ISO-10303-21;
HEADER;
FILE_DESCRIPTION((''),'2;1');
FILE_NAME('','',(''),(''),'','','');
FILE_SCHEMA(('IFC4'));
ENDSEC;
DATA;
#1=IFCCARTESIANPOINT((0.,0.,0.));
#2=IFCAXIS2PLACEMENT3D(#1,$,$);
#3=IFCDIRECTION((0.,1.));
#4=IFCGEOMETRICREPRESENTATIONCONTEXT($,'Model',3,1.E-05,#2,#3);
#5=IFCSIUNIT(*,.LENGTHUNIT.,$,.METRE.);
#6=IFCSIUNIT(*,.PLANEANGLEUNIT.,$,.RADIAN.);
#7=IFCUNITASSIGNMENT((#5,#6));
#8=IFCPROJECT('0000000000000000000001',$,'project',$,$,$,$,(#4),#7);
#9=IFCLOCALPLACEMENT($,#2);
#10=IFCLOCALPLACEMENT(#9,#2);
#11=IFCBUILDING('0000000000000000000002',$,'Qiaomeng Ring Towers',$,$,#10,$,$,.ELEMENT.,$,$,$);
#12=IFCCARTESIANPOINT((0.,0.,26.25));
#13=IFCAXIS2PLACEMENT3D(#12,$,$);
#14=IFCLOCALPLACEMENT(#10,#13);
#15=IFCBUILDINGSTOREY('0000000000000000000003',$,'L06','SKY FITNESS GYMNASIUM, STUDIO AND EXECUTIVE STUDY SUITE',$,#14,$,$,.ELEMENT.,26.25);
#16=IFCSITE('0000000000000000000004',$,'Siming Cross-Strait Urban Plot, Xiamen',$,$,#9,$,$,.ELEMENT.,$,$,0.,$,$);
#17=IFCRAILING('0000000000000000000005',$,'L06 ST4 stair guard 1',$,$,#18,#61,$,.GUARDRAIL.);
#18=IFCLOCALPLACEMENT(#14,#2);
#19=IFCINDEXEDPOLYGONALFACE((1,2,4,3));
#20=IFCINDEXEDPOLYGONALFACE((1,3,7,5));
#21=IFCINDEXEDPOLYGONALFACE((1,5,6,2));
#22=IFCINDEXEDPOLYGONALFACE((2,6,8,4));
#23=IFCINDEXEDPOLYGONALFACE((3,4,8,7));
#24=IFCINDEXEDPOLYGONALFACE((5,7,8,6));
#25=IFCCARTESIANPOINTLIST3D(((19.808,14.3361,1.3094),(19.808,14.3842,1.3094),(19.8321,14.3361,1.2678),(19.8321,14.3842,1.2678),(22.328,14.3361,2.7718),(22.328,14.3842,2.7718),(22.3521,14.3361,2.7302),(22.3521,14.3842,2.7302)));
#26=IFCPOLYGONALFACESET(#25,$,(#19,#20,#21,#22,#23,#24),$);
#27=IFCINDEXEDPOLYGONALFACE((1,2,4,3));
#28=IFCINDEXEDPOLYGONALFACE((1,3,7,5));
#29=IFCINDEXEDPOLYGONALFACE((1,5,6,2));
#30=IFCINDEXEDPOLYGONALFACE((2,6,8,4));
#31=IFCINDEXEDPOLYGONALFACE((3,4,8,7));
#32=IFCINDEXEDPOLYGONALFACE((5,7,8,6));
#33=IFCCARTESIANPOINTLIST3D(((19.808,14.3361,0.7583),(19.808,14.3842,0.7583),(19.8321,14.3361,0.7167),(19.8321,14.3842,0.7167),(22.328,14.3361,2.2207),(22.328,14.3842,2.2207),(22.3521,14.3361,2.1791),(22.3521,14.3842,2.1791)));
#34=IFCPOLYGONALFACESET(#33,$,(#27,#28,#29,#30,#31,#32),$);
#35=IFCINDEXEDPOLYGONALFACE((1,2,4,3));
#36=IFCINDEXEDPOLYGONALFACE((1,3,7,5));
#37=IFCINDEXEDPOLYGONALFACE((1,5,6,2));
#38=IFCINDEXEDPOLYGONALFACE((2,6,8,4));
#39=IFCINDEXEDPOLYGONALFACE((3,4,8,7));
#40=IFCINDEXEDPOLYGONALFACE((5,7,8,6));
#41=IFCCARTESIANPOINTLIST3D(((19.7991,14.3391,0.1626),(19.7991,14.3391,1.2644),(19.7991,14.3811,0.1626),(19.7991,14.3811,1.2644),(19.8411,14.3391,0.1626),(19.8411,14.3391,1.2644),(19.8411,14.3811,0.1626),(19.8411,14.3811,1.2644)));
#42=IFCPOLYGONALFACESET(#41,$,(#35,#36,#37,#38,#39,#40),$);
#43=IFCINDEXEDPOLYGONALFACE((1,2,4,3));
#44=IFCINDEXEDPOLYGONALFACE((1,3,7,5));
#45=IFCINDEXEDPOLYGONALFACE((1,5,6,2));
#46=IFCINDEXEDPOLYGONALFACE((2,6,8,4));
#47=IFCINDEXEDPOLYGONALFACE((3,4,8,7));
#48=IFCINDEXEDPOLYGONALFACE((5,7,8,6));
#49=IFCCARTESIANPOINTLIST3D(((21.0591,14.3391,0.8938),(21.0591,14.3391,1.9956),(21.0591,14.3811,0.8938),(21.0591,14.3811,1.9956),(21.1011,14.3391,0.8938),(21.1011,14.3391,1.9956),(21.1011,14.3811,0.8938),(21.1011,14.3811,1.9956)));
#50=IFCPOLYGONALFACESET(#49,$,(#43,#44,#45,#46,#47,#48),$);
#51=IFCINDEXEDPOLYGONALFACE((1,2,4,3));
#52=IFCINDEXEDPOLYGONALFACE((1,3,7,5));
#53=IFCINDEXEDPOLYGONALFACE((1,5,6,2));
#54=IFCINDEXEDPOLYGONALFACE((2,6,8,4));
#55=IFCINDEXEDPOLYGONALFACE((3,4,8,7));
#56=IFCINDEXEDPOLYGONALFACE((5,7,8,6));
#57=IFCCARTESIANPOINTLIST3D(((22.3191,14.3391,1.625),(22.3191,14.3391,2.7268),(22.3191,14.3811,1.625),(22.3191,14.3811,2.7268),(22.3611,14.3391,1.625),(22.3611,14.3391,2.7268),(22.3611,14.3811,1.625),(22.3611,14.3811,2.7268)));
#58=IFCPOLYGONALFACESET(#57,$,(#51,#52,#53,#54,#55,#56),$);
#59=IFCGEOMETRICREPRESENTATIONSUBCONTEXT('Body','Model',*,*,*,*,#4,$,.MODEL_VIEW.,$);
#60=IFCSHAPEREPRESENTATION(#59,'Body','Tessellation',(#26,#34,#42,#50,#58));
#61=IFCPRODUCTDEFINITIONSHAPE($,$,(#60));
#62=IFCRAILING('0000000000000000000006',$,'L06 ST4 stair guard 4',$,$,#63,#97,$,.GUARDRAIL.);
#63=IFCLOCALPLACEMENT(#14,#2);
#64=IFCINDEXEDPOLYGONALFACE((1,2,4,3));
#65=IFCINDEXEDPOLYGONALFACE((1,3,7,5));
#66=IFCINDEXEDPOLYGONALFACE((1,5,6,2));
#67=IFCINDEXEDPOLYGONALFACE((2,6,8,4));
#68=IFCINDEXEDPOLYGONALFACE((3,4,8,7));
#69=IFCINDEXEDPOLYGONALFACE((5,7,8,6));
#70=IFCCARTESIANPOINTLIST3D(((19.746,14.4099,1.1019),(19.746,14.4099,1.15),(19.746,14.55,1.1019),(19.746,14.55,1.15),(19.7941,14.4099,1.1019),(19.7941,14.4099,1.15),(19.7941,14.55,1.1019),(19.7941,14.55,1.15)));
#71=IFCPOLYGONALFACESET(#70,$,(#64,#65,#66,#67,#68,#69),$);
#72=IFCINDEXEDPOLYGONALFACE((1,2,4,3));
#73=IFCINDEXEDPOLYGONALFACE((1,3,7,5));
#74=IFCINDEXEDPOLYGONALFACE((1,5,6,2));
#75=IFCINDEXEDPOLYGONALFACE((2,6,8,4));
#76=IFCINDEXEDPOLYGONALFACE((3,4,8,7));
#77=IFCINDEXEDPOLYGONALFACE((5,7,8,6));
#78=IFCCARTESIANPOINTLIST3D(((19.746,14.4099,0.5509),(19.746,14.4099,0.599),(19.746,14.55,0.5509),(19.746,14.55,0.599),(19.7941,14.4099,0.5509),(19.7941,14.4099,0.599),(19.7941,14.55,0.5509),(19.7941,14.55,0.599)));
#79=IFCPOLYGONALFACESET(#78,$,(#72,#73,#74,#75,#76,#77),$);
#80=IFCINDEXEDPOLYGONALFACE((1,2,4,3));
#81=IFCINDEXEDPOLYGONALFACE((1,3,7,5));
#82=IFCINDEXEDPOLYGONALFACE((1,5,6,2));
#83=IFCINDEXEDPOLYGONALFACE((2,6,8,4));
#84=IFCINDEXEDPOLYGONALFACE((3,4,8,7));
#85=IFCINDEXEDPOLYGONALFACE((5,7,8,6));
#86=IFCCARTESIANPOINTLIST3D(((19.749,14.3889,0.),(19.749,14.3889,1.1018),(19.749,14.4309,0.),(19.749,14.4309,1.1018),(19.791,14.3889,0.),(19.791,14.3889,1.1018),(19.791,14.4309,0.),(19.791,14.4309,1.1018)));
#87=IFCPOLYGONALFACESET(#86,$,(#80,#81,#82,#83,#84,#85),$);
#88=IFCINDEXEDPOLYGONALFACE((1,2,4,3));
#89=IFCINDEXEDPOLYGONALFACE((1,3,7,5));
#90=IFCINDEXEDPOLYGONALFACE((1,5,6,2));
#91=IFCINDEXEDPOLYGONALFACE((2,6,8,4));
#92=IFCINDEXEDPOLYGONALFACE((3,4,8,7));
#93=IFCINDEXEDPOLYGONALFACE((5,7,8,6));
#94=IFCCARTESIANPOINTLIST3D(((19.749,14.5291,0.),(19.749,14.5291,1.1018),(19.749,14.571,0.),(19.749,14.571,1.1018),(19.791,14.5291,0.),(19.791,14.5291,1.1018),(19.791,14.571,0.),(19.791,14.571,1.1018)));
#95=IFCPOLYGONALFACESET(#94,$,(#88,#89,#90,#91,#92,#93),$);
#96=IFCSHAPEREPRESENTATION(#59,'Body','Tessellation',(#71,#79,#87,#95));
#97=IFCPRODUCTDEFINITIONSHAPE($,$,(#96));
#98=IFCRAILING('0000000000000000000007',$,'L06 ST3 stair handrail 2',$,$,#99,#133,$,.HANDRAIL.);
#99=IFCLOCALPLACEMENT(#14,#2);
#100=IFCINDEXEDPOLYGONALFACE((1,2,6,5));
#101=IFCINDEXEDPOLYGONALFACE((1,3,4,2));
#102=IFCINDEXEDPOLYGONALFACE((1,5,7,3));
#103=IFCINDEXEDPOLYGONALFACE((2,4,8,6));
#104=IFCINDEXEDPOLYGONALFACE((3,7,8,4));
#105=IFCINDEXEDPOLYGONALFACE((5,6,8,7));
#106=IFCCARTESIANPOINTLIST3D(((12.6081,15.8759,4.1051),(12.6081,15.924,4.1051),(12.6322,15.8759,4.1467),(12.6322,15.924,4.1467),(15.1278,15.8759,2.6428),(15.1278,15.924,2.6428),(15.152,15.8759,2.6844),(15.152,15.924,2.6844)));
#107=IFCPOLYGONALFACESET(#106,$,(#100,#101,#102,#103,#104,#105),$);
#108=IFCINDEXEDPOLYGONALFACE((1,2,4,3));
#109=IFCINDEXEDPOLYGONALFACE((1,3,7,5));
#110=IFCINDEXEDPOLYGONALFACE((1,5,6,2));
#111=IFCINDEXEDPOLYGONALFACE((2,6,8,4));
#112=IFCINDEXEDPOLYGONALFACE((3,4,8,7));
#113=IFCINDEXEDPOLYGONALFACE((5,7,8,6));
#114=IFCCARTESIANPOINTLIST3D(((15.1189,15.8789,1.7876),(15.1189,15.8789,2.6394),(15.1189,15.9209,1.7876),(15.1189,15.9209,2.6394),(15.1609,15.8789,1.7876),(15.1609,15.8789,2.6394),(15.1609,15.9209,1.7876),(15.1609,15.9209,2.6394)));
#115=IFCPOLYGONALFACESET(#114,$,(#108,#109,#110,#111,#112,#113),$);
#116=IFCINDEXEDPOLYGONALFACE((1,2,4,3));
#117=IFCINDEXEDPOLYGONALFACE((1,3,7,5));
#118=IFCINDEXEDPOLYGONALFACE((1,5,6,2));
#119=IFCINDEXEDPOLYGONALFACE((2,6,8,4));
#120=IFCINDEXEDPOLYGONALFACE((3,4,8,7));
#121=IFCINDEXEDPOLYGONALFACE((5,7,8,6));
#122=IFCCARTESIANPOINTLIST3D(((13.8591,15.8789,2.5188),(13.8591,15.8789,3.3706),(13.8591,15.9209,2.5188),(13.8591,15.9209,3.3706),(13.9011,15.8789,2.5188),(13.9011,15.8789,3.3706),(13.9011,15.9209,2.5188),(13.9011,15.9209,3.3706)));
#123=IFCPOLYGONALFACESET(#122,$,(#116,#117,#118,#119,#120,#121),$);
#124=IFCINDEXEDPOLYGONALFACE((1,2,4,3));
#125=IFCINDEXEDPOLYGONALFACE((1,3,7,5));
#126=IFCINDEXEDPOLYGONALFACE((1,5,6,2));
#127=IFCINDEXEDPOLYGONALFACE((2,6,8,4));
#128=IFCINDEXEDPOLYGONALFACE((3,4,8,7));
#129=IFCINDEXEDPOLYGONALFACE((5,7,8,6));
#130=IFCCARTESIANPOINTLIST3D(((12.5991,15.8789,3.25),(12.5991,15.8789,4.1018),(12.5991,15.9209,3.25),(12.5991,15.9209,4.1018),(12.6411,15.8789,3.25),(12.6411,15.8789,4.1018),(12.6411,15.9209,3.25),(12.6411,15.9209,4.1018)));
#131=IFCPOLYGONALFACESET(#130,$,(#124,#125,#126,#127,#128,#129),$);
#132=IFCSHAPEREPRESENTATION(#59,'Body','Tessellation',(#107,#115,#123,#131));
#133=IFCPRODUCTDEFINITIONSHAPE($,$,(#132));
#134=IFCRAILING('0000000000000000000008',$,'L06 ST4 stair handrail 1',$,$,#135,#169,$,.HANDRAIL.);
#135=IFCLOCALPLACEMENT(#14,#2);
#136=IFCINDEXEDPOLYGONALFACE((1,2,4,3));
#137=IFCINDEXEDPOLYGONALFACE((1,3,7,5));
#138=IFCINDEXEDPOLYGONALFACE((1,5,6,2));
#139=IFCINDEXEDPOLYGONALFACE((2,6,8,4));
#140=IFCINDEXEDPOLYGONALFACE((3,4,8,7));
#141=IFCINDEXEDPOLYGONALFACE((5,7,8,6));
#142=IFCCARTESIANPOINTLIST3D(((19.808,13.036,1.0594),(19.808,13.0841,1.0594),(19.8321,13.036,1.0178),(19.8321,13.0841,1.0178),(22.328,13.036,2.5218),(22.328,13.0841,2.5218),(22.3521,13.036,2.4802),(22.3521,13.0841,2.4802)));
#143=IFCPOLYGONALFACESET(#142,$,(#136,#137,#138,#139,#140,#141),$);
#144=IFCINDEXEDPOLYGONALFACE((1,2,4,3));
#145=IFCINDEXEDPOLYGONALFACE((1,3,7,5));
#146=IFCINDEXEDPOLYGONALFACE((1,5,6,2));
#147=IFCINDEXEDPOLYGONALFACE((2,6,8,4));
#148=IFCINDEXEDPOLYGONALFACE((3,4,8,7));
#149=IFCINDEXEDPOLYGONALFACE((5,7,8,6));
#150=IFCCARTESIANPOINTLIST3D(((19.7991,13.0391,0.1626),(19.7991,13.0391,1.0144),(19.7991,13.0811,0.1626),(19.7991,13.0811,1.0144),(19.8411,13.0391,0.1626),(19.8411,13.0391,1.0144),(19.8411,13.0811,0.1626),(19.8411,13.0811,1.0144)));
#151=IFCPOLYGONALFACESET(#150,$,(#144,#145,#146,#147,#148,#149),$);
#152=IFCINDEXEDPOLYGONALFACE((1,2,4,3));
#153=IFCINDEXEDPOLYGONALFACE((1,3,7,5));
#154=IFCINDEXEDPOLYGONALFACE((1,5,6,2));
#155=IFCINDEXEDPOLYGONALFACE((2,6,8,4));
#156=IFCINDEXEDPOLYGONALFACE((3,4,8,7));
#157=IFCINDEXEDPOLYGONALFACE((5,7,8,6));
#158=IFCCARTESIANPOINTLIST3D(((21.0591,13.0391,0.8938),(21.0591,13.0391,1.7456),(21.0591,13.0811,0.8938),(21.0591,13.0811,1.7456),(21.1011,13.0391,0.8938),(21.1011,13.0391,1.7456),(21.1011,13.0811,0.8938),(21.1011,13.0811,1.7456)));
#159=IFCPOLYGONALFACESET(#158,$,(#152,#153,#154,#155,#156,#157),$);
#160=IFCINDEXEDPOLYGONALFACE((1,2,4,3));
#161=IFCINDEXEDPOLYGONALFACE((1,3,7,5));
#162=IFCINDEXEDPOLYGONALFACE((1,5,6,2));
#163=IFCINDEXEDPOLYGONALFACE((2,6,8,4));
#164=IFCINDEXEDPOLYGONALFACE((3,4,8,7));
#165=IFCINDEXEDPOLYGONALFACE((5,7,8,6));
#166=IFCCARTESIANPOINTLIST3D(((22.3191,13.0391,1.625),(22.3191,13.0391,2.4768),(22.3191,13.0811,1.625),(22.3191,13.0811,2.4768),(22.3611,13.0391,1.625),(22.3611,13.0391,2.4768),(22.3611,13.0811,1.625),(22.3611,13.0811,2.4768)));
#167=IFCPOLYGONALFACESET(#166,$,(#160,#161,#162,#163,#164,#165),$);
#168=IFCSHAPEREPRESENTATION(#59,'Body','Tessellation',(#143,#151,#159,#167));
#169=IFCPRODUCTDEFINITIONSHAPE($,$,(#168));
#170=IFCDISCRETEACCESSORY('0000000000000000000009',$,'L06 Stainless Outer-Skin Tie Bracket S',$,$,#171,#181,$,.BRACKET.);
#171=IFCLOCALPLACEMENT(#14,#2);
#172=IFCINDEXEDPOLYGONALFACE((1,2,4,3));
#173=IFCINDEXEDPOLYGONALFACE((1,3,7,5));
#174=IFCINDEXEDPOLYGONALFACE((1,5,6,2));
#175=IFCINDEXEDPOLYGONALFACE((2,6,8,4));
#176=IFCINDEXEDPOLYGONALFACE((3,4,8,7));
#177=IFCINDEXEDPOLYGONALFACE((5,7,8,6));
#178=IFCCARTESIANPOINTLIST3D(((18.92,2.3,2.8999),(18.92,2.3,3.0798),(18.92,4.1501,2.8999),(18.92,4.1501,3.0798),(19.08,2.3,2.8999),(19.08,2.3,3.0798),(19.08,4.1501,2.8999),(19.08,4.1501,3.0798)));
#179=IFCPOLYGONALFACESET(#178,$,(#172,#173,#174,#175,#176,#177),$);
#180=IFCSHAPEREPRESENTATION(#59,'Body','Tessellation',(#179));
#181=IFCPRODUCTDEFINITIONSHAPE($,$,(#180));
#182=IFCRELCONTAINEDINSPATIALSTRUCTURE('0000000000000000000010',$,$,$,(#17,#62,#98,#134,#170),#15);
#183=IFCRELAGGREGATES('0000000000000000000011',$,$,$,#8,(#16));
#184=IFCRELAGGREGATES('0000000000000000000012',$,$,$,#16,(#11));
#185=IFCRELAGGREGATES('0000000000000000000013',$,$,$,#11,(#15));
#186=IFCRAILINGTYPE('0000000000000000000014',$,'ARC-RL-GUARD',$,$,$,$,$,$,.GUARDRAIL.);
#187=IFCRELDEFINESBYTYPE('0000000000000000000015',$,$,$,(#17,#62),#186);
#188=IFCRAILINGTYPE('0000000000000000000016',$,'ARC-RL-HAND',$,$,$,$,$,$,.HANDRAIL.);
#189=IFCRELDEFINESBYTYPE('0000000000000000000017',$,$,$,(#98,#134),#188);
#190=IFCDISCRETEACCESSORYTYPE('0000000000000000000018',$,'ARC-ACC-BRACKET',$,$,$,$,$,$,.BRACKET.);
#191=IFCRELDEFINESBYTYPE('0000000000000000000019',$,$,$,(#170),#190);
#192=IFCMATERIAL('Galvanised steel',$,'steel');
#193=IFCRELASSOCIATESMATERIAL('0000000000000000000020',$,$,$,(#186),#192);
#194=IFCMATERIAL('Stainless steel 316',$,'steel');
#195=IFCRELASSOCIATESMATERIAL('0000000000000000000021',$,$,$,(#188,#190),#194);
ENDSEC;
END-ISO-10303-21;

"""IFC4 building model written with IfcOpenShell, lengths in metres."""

from ifc_helpers import new_model, si_unit, direction, frame, origin, origin_2d, place, context, subcontext, project, spatial, rectangle, extrude, source, transform, mapped, material, type_object, element, save


model = new_model("IFC4")

# Units and contexts
model_context = context("Model", 3, precision=1e-05, world=origin(), true_north=direction((0.0, 1.0)))
body_context = subcontext(model_context, "Body", "Model", "MODEL_VIEW")
ifc_project = project(units=[si_unit("LENGTHUNIT", "METRE"), si_unit("PLANEANGLEUNIT", "RADIAN")], contexts=[model_context])

# Site, building, storey
site_placement = place(None, origin())
site = spatial("IfcSite", under=ifc_project, at=site_placement, Name="Siming Cross-Strait Urban Plot, Xiamen", CompositionType="ELEMENT", RefElevation=0.0)
building_placement = place(site_placement, origin())
building = spatial("IfcBuilding", under=site, at=building_placement, Name="Qiaomeng Ring Towers", CompositionType="ELEMENT")
storey_placement = place(building_placement, frame((0.0, 0.0, 26.25)))
storey = spatial("IfcBuildingStorey", under=building, at=storey_placement, Name="L06", Description="SKY FITNESS GYMNASIUM, STUDIO AND EXECUTIVE STUDY SUITE", CompositionType="ELEMENT", Elevation=26.25)

# Shared definitions
ifc_material_1 = material(Name="Galvanised steel", Category="steel")

# Railings
railing_type_1 = type_object("IfcRailingType", Name="ARC-RL-GUARD", PredefinedType="GUARDRAIL", material=ifc_material_1)
railing_1_placement = place(storey_placement, frame((19.8201, 14.3601, 0.1626)))
element("IfcRailing", 1, at=railing_1_placement, inside=storey, type_object=railing_type_1, Name="L06 ST4 stair guard 1", PredefinedType="GUARDRAIL", context=body_context, shape_type="SweptSolid", body=[
    extrude(rectangle(XDim=0.0481, YDim=0.0481, at=origin_2d()), frame((0.0, 0.0, 1.126), z_axis=(0.864913, 0.0, 0.501921), x_axis=(0.0, 1.0, 0.0)), (0.0, 0.0, 1.0), 2.9136),
    extrude(rectangle(XDim=0.0481, YDim=0.0481, at=origin_2d()), frame((0.0, 0.0, 0.575), z_axis=(0.864913, 0.0, 0.501921), x_axis=(0.0, 1.0, 0.0)), (0.0, 0.0, 1.0), 2.9136),
    extrude(rectangle(XDim=0.042, YDim=0.042, at=origin_2d()), origin(), (0.0, 0.0, 1.0), 1.1018),
    extrude(rectangle(XDim=0.042, YDim=0.042, at=origin_2d()), frame((1.26, 0.0, 0.7312)), (0.0, 0.0, 1.0), 1.1018),
    extrude(rectangle(XDim=0.042, YDim=0.042, at=origin_2d()), frame((2.52, 0.0, 1.4624)), (0.0, 0.0, 1.0), 1.1018),
])
railing_2_placement = place(storey_placement, frame((19.77, 14.4099, 0.0)))
element("IfcRailing", 2, at=railing_2_placement, inside=storey, type_object=railing_type_1, Name="L06 ST4 stair guard 4", PredefinedType="GUARDRAIL", context=body_context, shape_type="SweptSolid", body=[
    extrude(rectangle(XDim=0.0481, YDim=0.0481, at=origin_2d()), frame((0.0, 0.0, 1.126), z_axis=(0.0, 1.0, 0.0), x_axis=(-1.0, 0.0, 0.0)), (0.0, 0.0, 1.0), 0.1401),
    extrude(rectangle(XDim=0.0481, YDim=0.0481, at=origin_2d()), frame((0.0, 0.0, 0.575), z_axis=(0.0, 1.0, 0.0), x_axis=(-1.0, 0.0, 0.0)), (0.0, 0.0, 1.0), 0.1401),
    extrude(rectangle(XDim=0.042, YDim=0.042, at=origin_2d()), origin(), (0.0, 0.0, 1.0), 1.1018),
    extrude(rectangle(XDim=0.042, YDim=0.042, at=origin_2d()), frame((0.0, 0.1401, 0.0)), (0.0, 0.0, 1.0), 1.1018),
])
ifc_material_2 = material(Name="Stainless steel 316", Category="steel")
railing_type_2 = type_object("IfcRailingType", Name="ARC-RL-HAND", PredefinedType="HANDRAIL", material=ifc_material_2)
railing_3_placement = place(storey_placement, frame((15.1399, 15.8999, 1.7876)))
element("IfcRailing", 3, at=railing_3_placement, inside=storey, type_object=railing_type_2, Name="L06 ST3 stair handrail 2", PredefinedType="HANDRAIL", context=body_context, shape_type="SweptSolid", body=[
    extrude(rectangle(XDim=0.0481, YDim=0.0481, at=origin_2d()), frame((0.0, 0.0, 0.876), z_axis=(-0.864892, 0.0, 0.501958), x_axis=(0.0, -1.0, 0.0)), (0.0, 0.0, 1.0), 2.9133),
    extrude(rectangle(XDim=0.042, YDim=0.042, at=origin_2d()), origin(), (0.0, 0.0, 1.0), 0.8518),
    extrude(rectangle(XDim=0.042, YDim=0.042, at=origin_2d()), frame((-1.2598, 0.0, 0.7312)), (0.0, 0.0, 1.0), 0.8518),
    extrude(rectangle(XDim=0.042, YDim=0.042, at=origin_2d()), frame((-2.5198, 0.0, 1.4624)), (0.0, 0.0, 1.0), 0.8518),
])
railing_4_placement = place(storey_placement, frame((19.8201, 13.0601, 0.1626)))
element("IfcRailing", 4, at=railing_4_placement, inside=storey, type_object=railing_type_2, Name="L06 ST4 stair handrail 1", PredefinedType="HANDRAIL", context=body_context, shape_type="SweptSolid", body=[
    extrude(rectangle(XDim=0.0481, YDim=0.0481, at=origin_2d()), frame((0.0, 0.0, 0.876), z_axis=(0.864913, 0.0, 0.501921), x_axis=(0.0, 1.0, 0.0)), (0.0, 0.0, 1.0), 2.9136),
    extrude(rectangle(XDim=0.042, YDim=0.042, at=origin_2d()), origin(), (0.0, 0.0, 1.0), 0.8518),
    extrude(rectangle(XDim=0.042, YDim=0.042, at=origin_2d()), frame((1.26, 0.0, 0.7312)), (0.0, 0.0, 1.0), 0.8518),
    extrude(rectangle(XDim=0.042, YDim=0.042, at=origin_2d()), frame((2.52, 0.0, 1.4624)), (0.0, 0.0, 1.0), 0.8518),
])

# Discrete accessory
discrete_accessory_type = type_object("IfcDiscreteAccessoryType", Name="ARC-ACC-BRACKET", PredefinedType="BRACKET", material=ifc_material_2)
shared_shape_1 = source(origin(), body_context, "Body", "SweptSolid", [
    extrude(rectangle(XDim=0.1599, YDim=1.8501, at=origin_2d()), origin(), (0.0, 0.0, 1.0), 0.1799),
])
discrete_accessory_placement = place(storey_placement, frame((19.0, 3.2251, 2.8999), z_axis=(0.0, 0.0, 1.0), x_axis=(1.0, 0.0, 0.0)))
element("IfcDiscreteAccessory", 5, at=discrete_accessory_placement, inside=storey, type_object=discrete_accessory_type, Name="L06 Stainless Outer-Skin Tie Bracket S", PredefinedType="BRACKET", context=body_context, shape_type="MappedRepresentation", body=[
    mapped(shared_shape_1, transform((0.0, 0.0, 0.0), x_axis=(1.0, 0.0, 0.0), y_axis=(0.0, 1.0, 0.0), z_axis=(0.0, 0.0, 1.0), scale=1.0)),
])

save(model, "model.ifc")
